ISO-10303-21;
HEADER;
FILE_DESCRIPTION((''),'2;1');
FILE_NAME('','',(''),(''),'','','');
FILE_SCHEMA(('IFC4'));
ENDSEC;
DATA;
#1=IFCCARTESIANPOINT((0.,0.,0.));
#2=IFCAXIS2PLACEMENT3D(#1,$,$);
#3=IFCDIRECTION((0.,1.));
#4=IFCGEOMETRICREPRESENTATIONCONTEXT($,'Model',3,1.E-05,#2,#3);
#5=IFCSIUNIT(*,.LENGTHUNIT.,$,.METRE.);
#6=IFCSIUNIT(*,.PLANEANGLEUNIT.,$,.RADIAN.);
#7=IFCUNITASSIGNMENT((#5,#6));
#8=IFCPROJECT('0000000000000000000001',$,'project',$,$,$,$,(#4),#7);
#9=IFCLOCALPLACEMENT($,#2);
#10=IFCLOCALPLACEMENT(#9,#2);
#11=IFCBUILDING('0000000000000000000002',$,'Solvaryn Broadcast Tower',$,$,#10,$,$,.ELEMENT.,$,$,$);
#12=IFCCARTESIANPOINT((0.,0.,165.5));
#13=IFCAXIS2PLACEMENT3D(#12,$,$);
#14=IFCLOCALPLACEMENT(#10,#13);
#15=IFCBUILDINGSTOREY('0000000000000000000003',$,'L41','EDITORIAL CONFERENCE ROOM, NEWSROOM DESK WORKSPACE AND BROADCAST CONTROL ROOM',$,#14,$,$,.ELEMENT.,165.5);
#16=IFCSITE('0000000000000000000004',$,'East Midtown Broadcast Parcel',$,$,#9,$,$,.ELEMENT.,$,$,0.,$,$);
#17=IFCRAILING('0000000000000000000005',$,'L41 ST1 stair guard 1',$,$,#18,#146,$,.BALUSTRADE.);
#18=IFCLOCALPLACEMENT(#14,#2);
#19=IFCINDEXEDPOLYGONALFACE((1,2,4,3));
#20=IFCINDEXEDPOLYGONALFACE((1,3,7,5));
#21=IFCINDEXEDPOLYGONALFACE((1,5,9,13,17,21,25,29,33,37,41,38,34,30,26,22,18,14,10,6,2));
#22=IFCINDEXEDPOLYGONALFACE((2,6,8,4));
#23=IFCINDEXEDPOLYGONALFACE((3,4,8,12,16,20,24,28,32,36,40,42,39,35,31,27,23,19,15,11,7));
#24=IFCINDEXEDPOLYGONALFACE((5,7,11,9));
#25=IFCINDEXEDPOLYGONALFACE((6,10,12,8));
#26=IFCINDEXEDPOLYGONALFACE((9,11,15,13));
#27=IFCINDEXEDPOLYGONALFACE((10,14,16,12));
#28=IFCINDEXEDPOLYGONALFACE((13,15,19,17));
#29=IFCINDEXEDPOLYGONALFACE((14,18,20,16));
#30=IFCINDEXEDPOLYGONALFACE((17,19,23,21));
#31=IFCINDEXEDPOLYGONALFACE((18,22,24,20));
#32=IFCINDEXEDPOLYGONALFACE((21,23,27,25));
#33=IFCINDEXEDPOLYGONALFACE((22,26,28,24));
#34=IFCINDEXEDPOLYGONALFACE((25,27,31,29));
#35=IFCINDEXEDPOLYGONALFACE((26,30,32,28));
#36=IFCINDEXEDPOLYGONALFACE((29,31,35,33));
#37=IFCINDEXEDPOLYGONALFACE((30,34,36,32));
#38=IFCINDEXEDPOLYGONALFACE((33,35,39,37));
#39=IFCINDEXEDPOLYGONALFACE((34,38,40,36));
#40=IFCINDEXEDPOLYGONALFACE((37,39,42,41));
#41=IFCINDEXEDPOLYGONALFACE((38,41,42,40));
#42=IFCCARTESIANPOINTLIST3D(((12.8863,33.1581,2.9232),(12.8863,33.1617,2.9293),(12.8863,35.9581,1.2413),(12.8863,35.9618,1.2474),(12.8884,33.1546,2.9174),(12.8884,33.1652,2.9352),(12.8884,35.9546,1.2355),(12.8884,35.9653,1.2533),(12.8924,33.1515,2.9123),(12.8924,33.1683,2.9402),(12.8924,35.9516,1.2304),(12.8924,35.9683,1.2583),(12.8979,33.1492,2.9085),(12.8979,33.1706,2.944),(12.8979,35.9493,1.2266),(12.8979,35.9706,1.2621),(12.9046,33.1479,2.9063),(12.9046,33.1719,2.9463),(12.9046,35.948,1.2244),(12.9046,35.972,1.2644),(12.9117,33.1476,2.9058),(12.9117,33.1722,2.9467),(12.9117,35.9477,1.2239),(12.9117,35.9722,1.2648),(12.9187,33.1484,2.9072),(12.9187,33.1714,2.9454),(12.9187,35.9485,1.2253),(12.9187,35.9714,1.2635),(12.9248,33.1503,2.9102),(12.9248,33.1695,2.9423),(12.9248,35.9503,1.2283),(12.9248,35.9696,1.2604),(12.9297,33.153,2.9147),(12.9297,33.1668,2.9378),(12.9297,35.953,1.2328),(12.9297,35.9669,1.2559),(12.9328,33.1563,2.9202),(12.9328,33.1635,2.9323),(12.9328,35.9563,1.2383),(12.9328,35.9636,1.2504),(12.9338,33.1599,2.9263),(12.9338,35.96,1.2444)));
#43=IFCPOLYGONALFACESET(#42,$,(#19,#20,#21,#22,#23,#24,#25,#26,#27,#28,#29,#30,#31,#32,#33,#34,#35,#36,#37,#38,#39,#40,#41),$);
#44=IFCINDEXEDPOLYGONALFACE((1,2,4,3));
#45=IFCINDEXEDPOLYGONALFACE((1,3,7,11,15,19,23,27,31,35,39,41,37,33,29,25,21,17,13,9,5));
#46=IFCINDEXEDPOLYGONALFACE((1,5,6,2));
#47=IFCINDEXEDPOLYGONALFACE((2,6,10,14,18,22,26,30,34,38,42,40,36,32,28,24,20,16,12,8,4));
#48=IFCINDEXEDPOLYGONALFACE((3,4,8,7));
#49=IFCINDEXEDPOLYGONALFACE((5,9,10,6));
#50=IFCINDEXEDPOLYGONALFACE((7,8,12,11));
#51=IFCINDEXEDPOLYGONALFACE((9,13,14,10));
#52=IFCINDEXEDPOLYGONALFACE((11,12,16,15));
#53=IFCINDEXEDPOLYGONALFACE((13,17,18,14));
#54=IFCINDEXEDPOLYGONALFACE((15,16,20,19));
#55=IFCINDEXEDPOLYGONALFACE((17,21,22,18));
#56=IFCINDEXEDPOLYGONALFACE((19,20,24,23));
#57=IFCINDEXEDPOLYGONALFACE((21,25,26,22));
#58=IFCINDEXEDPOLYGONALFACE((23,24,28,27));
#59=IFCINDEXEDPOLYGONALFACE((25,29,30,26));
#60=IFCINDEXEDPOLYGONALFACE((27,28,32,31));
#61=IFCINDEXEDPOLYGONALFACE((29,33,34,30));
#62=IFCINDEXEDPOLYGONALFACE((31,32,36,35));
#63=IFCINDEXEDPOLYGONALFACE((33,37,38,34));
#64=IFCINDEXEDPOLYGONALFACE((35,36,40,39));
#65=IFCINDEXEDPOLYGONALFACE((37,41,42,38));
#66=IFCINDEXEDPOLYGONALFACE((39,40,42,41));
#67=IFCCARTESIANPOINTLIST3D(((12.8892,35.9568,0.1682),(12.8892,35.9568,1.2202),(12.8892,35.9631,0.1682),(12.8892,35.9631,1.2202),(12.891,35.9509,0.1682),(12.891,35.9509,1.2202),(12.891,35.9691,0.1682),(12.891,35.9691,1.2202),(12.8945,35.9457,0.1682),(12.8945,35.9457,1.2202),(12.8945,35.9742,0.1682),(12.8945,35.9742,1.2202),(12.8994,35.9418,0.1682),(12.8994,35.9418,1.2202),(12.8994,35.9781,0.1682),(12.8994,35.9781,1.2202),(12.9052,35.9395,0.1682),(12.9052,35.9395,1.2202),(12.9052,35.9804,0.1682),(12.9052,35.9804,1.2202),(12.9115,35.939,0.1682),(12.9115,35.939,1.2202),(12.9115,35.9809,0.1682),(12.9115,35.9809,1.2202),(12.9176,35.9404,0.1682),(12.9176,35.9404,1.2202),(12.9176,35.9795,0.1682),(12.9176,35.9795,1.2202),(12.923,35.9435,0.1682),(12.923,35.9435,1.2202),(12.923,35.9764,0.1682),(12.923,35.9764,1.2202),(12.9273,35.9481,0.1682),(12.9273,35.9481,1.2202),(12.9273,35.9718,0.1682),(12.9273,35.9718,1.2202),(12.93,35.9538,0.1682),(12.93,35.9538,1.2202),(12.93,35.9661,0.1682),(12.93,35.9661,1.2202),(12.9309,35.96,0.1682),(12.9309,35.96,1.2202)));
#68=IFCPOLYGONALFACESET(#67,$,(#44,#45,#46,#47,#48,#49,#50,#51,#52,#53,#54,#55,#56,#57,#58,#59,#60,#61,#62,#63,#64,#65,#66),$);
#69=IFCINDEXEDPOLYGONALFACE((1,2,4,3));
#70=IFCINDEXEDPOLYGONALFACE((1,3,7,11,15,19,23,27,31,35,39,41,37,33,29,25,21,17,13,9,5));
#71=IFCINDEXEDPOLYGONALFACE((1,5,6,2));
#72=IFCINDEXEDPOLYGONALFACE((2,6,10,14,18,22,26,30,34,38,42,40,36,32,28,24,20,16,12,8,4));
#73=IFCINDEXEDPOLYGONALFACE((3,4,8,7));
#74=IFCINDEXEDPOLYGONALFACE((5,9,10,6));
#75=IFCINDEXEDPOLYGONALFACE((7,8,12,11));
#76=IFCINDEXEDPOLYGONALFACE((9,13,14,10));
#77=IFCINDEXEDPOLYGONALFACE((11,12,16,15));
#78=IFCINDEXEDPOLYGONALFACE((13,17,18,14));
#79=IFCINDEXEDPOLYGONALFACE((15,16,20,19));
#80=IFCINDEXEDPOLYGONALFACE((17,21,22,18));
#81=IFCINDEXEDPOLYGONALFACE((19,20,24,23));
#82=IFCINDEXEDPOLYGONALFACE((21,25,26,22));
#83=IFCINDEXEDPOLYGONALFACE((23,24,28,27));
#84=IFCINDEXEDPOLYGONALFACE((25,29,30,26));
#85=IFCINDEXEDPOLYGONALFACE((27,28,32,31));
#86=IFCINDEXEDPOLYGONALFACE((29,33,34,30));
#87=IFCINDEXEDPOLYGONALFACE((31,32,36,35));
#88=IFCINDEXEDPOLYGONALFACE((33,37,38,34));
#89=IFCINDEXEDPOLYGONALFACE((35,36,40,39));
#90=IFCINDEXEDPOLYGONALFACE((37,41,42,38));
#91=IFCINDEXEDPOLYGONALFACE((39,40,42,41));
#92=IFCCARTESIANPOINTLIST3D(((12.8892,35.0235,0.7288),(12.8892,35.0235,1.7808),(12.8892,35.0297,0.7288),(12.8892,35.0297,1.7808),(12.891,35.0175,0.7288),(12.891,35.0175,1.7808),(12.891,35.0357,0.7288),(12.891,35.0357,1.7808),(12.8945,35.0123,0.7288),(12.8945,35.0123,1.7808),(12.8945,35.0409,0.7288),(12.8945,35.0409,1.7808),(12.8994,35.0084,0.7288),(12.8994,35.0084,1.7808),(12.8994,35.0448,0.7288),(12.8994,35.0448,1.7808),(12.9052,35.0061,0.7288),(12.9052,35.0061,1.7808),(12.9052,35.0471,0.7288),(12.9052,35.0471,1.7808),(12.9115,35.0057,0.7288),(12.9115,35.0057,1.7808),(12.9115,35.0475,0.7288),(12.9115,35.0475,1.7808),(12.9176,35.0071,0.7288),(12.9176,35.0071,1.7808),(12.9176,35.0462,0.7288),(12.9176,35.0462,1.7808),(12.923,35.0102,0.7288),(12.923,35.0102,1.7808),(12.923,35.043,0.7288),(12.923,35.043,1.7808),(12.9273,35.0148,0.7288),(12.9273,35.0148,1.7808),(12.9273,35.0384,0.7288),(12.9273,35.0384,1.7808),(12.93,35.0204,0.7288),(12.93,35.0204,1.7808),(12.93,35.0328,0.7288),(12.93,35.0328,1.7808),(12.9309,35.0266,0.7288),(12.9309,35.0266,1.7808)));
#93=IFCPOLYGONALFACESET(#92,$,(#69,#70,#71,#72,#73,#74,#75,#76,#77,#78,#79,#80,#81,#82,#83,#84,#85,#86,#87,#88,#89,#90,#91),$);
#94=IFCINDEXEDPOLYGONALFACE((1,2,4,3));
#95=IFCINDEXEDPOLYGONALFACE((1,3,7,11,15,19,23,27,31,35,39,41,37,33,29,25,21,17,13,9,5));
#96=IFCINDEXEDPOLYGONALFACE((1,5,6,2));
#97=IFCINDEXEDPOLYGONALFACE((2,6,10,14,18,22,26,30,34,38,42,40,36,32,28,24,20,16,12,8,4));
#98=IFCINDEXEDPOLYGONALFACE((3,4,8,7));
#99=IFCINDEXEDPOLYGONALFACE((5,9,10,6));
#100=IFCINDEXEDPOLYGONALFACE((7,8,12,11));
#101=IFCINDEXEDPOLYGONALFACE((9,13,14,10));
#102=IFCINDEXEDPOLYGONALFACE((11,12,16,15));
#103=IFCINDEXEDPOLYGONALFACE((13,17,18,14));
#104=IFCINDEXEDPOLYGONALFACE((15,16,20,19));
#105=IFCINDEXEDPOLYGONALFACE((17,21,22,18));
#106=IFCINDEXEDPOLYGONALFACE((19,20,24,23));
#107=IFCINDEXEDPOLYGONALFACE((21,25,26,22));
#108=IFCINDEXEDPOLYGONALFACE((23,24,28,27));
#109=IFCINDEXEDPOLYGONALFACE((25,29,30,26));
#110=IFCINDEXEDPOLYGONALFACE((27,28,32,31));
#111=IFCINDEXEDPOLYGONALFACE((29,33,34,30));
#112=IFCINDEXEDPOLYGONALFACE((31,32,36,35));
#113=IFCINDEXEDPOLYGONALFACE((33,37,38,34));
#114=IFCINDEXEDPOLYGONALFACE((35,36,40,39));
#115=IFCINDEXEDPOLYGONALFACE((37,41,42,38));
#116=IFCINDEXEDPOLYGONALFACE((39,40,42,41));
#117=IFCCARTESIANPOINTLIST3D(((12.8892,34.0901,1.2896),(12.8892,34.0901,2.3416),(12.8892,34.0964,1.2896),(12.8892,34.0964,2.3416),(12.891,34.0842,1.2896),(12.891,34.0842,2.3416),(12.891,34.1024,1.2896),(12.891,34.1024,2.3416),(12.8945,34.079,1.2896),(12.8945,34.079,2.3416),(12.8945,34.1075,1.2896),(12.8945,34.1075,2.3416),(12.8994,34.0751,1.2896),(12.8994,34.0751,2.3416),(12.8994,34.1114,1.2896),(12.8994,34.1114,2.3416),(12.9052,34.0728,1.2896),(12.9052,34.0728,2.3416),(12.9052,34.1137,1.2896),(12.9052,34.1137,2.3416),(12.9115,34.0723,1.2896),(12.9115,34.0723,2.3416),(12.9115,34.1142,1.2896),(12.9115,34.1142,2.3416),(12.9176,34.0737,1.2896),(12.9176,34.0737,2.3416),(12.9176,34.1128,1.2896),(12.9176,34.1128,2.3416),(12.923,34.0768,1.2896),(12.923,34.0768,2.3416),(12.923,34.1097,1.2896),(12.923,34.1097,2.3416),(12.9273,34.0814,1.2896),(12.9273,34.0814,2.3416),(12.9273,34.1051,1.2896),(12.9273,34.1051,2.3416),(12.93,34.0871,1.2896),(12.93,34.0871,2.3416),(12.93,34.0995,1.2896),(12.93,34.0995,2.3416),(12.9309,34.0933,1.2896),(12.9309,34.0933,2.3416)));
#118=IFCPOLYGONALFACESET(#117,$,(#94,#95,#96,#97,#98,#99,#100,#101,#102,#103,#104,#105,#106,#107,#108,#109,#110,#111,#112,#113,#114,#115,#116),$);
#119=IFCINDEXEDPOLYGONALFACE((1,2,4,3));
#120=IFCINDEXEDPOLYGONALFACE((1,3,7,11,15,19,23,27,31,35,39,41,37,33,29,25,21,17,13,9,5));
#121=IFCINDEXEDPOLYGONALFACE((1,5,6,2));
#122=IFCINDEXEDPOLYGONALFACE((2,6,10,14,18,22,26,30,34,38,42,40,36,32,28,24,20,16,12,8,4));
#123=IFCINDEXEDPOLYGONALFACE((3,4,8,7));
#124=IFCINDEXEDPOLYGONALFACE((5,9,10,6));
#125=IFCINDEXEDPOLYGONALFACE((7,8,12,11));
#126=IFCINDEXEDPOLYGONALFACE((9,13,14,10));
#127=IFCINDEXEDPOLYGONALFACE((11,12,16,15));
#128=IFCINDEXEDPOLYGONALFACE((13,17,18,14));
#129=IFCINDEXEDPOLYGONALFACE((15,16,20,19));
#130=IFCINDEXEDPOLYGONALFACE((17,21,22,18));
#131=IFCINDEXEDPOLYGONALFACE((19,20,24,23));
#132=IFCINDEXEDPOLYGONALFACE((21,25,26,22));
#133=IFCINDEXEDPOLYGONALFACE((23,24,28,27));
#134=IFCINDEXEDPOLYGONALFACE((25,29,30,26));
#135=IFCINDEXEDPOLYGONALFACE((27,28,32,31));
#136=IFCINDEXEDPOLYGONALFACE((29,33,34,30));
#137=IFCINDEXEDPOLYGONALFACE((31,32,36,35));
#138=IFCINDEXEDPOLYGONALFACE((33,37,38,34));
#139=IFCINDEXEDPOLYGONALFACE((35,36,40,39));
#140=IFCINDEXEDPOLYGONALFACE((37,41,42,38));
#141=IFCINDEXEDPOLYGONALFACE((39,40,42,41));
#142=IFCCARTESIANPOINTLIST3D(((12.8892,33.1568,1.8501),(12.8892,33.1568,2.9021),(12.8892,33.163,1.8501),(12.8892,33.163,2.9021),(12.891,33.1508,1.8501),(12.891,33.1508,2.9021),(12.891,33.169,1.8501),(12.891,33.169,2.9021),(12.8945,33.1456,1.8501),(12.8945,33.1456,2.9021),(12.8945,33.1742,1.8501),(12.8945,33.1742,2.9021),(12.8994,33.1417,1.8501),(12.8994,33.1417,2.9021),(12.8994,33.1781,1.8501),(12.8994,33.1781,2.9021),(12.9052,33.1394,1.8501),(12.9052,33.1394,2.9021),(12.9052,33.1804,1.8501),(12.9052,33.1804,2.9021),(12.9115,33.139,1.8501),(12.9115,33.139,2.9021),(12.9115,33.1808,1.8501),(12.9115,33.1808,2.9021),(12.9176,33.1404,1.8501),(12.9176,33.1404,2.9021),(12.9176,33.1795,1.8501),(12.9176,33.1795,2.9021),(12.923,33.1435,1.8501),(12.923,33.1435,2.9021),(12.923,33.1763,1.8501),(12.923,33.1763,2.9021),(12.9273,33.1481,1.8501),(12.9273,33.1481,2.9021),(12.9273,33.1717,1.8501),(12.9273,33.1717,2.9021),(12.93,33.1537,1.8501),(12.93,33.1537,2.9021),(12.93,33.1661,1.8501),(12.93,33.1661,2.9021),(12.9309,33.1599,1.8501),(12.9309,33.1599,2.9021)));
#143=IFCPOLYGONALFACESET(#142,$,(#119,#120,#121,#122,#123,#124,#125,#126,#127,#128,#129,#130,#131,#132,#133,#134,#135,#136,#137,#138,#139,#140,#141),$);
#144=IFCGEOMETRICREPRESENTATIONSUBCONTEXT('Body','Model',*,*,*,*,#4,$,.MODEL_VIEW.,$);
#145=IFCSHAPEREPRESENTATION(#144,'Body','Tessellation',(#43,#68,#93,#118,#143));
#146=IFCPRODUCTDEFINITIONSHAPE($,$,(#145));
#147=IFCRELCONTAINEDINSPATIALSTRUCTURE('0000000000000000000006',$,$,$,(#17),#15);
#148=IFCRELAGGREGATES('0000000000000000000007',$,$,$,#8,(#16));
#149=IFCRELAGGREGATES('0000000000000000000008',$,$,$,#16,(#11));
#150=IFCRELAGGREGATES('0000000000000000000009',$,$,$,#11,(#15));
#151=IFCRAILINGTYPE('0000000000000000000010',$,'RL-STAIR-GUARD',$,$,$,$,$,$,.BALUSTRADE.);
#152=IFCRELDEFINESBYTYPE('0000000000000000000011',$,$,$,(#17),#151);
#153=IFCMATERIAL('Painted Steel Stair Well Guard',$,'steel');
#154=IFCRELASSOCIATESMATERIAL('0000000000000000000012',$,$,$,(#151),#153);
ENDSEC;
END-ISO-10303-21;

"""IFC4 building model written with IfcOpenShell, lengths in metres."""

from ifc_helpers import new_model, si_unit, direction, frame, origin, origin_2d, place, context, subcontext, project, spatial, circle, extrude, material, type_object, element, save


model = new_model("IFC4")

# Units and contexts
model_context = context("Model", 3, precision=1e-05, world=origin(), true_north=direction((0.0, 1.0)))
body_context = subcontext(model_context, "Body", "Model", "MODEL_VIEW")
ifc_project = project(units=[si_unit("LENGTHUNIT", "METRE"), si_unit("PLANEANGLEUNIT", "RADIAN")], contexts=[model_context])

# Site, building, storey
site_placement = place(None, origin())
site = spatial("IfcSite", under=ifc_project, at=site_placement, Name="East Midtown Broadcast Parcel", CompositionType="ELEMENT", RefElevation=0.0)
building_placement = place(site_placement, origin())
building = spatial("IfcBuilding", under=site, at=building_placement, Name="Solvaryn Broadcast Tower", CompositionType="ELEMENT")
storey_placement = place(building_placement, frame((0.0, 0.0, 165.5)))
storey = spatial("IfcBuildingStorey", under=building, at=storey_placement, Name="L41", Description="EDITORIAL CONFERENCE ROOM, NEWSROOM DESK WORKSPACE AND BROADCAST CONTROL ROOM", CompositionType="ELEMENT", Elevation=165.5)

# Railing
ifc_material_1 = material(Name="Painted Steel Stair Well Guard", Category="steel")
railing_type_1 = type_object("IfcRailingType", Name="RL-STAIR-GUARD", PredefinedType="BALUSTRADE", material=ifc_material_1)
railing_1_placement = place(storey_placement, frame((12.9099, 35.96, 0.1682)))
element("IfcRailing", 1, at=railing_1_placement, inside=storey, type_object=railing_type_1, Name="L41 ST1 stair guard 1", PredefinedType="BALUSTRADE", context=body_context, shape_type="SweptSolid", body=[
    extrude(circle(Radius=0.0239, at=origin_2d()), frame((0.0, 0.0, 1.0762), z_axis=(0.0, -0.857242, 0.514913), x_axis=(1.0, 0.0, 0.0)), (0.0, 0.0, 1.0), 3.2664),
    extrude(circle(Radius=0.021, at=origin_2d()), origin(), (0.0, 0.0, 1.0), 1.052),
    extrude(circle(Radius=0.021, at=origin_2d()), frame((0.0, -0.9333, 0.5605)), (0.0, 0.0, 1.0), 1.052),
    extrude(circle(Radius=0.021, at=origin_2d()), frame((0.0, -1.8667, 1.1213)), (0.0, 0.0, 1.0), 1.052),
    extrude(circle(Radius=0.021, at=origin_2d()), frame((0.0, -2.8, 1.6819)), (0.0, 0.0, 1.0), 1.052),
])

save(model, "model.ifc")
